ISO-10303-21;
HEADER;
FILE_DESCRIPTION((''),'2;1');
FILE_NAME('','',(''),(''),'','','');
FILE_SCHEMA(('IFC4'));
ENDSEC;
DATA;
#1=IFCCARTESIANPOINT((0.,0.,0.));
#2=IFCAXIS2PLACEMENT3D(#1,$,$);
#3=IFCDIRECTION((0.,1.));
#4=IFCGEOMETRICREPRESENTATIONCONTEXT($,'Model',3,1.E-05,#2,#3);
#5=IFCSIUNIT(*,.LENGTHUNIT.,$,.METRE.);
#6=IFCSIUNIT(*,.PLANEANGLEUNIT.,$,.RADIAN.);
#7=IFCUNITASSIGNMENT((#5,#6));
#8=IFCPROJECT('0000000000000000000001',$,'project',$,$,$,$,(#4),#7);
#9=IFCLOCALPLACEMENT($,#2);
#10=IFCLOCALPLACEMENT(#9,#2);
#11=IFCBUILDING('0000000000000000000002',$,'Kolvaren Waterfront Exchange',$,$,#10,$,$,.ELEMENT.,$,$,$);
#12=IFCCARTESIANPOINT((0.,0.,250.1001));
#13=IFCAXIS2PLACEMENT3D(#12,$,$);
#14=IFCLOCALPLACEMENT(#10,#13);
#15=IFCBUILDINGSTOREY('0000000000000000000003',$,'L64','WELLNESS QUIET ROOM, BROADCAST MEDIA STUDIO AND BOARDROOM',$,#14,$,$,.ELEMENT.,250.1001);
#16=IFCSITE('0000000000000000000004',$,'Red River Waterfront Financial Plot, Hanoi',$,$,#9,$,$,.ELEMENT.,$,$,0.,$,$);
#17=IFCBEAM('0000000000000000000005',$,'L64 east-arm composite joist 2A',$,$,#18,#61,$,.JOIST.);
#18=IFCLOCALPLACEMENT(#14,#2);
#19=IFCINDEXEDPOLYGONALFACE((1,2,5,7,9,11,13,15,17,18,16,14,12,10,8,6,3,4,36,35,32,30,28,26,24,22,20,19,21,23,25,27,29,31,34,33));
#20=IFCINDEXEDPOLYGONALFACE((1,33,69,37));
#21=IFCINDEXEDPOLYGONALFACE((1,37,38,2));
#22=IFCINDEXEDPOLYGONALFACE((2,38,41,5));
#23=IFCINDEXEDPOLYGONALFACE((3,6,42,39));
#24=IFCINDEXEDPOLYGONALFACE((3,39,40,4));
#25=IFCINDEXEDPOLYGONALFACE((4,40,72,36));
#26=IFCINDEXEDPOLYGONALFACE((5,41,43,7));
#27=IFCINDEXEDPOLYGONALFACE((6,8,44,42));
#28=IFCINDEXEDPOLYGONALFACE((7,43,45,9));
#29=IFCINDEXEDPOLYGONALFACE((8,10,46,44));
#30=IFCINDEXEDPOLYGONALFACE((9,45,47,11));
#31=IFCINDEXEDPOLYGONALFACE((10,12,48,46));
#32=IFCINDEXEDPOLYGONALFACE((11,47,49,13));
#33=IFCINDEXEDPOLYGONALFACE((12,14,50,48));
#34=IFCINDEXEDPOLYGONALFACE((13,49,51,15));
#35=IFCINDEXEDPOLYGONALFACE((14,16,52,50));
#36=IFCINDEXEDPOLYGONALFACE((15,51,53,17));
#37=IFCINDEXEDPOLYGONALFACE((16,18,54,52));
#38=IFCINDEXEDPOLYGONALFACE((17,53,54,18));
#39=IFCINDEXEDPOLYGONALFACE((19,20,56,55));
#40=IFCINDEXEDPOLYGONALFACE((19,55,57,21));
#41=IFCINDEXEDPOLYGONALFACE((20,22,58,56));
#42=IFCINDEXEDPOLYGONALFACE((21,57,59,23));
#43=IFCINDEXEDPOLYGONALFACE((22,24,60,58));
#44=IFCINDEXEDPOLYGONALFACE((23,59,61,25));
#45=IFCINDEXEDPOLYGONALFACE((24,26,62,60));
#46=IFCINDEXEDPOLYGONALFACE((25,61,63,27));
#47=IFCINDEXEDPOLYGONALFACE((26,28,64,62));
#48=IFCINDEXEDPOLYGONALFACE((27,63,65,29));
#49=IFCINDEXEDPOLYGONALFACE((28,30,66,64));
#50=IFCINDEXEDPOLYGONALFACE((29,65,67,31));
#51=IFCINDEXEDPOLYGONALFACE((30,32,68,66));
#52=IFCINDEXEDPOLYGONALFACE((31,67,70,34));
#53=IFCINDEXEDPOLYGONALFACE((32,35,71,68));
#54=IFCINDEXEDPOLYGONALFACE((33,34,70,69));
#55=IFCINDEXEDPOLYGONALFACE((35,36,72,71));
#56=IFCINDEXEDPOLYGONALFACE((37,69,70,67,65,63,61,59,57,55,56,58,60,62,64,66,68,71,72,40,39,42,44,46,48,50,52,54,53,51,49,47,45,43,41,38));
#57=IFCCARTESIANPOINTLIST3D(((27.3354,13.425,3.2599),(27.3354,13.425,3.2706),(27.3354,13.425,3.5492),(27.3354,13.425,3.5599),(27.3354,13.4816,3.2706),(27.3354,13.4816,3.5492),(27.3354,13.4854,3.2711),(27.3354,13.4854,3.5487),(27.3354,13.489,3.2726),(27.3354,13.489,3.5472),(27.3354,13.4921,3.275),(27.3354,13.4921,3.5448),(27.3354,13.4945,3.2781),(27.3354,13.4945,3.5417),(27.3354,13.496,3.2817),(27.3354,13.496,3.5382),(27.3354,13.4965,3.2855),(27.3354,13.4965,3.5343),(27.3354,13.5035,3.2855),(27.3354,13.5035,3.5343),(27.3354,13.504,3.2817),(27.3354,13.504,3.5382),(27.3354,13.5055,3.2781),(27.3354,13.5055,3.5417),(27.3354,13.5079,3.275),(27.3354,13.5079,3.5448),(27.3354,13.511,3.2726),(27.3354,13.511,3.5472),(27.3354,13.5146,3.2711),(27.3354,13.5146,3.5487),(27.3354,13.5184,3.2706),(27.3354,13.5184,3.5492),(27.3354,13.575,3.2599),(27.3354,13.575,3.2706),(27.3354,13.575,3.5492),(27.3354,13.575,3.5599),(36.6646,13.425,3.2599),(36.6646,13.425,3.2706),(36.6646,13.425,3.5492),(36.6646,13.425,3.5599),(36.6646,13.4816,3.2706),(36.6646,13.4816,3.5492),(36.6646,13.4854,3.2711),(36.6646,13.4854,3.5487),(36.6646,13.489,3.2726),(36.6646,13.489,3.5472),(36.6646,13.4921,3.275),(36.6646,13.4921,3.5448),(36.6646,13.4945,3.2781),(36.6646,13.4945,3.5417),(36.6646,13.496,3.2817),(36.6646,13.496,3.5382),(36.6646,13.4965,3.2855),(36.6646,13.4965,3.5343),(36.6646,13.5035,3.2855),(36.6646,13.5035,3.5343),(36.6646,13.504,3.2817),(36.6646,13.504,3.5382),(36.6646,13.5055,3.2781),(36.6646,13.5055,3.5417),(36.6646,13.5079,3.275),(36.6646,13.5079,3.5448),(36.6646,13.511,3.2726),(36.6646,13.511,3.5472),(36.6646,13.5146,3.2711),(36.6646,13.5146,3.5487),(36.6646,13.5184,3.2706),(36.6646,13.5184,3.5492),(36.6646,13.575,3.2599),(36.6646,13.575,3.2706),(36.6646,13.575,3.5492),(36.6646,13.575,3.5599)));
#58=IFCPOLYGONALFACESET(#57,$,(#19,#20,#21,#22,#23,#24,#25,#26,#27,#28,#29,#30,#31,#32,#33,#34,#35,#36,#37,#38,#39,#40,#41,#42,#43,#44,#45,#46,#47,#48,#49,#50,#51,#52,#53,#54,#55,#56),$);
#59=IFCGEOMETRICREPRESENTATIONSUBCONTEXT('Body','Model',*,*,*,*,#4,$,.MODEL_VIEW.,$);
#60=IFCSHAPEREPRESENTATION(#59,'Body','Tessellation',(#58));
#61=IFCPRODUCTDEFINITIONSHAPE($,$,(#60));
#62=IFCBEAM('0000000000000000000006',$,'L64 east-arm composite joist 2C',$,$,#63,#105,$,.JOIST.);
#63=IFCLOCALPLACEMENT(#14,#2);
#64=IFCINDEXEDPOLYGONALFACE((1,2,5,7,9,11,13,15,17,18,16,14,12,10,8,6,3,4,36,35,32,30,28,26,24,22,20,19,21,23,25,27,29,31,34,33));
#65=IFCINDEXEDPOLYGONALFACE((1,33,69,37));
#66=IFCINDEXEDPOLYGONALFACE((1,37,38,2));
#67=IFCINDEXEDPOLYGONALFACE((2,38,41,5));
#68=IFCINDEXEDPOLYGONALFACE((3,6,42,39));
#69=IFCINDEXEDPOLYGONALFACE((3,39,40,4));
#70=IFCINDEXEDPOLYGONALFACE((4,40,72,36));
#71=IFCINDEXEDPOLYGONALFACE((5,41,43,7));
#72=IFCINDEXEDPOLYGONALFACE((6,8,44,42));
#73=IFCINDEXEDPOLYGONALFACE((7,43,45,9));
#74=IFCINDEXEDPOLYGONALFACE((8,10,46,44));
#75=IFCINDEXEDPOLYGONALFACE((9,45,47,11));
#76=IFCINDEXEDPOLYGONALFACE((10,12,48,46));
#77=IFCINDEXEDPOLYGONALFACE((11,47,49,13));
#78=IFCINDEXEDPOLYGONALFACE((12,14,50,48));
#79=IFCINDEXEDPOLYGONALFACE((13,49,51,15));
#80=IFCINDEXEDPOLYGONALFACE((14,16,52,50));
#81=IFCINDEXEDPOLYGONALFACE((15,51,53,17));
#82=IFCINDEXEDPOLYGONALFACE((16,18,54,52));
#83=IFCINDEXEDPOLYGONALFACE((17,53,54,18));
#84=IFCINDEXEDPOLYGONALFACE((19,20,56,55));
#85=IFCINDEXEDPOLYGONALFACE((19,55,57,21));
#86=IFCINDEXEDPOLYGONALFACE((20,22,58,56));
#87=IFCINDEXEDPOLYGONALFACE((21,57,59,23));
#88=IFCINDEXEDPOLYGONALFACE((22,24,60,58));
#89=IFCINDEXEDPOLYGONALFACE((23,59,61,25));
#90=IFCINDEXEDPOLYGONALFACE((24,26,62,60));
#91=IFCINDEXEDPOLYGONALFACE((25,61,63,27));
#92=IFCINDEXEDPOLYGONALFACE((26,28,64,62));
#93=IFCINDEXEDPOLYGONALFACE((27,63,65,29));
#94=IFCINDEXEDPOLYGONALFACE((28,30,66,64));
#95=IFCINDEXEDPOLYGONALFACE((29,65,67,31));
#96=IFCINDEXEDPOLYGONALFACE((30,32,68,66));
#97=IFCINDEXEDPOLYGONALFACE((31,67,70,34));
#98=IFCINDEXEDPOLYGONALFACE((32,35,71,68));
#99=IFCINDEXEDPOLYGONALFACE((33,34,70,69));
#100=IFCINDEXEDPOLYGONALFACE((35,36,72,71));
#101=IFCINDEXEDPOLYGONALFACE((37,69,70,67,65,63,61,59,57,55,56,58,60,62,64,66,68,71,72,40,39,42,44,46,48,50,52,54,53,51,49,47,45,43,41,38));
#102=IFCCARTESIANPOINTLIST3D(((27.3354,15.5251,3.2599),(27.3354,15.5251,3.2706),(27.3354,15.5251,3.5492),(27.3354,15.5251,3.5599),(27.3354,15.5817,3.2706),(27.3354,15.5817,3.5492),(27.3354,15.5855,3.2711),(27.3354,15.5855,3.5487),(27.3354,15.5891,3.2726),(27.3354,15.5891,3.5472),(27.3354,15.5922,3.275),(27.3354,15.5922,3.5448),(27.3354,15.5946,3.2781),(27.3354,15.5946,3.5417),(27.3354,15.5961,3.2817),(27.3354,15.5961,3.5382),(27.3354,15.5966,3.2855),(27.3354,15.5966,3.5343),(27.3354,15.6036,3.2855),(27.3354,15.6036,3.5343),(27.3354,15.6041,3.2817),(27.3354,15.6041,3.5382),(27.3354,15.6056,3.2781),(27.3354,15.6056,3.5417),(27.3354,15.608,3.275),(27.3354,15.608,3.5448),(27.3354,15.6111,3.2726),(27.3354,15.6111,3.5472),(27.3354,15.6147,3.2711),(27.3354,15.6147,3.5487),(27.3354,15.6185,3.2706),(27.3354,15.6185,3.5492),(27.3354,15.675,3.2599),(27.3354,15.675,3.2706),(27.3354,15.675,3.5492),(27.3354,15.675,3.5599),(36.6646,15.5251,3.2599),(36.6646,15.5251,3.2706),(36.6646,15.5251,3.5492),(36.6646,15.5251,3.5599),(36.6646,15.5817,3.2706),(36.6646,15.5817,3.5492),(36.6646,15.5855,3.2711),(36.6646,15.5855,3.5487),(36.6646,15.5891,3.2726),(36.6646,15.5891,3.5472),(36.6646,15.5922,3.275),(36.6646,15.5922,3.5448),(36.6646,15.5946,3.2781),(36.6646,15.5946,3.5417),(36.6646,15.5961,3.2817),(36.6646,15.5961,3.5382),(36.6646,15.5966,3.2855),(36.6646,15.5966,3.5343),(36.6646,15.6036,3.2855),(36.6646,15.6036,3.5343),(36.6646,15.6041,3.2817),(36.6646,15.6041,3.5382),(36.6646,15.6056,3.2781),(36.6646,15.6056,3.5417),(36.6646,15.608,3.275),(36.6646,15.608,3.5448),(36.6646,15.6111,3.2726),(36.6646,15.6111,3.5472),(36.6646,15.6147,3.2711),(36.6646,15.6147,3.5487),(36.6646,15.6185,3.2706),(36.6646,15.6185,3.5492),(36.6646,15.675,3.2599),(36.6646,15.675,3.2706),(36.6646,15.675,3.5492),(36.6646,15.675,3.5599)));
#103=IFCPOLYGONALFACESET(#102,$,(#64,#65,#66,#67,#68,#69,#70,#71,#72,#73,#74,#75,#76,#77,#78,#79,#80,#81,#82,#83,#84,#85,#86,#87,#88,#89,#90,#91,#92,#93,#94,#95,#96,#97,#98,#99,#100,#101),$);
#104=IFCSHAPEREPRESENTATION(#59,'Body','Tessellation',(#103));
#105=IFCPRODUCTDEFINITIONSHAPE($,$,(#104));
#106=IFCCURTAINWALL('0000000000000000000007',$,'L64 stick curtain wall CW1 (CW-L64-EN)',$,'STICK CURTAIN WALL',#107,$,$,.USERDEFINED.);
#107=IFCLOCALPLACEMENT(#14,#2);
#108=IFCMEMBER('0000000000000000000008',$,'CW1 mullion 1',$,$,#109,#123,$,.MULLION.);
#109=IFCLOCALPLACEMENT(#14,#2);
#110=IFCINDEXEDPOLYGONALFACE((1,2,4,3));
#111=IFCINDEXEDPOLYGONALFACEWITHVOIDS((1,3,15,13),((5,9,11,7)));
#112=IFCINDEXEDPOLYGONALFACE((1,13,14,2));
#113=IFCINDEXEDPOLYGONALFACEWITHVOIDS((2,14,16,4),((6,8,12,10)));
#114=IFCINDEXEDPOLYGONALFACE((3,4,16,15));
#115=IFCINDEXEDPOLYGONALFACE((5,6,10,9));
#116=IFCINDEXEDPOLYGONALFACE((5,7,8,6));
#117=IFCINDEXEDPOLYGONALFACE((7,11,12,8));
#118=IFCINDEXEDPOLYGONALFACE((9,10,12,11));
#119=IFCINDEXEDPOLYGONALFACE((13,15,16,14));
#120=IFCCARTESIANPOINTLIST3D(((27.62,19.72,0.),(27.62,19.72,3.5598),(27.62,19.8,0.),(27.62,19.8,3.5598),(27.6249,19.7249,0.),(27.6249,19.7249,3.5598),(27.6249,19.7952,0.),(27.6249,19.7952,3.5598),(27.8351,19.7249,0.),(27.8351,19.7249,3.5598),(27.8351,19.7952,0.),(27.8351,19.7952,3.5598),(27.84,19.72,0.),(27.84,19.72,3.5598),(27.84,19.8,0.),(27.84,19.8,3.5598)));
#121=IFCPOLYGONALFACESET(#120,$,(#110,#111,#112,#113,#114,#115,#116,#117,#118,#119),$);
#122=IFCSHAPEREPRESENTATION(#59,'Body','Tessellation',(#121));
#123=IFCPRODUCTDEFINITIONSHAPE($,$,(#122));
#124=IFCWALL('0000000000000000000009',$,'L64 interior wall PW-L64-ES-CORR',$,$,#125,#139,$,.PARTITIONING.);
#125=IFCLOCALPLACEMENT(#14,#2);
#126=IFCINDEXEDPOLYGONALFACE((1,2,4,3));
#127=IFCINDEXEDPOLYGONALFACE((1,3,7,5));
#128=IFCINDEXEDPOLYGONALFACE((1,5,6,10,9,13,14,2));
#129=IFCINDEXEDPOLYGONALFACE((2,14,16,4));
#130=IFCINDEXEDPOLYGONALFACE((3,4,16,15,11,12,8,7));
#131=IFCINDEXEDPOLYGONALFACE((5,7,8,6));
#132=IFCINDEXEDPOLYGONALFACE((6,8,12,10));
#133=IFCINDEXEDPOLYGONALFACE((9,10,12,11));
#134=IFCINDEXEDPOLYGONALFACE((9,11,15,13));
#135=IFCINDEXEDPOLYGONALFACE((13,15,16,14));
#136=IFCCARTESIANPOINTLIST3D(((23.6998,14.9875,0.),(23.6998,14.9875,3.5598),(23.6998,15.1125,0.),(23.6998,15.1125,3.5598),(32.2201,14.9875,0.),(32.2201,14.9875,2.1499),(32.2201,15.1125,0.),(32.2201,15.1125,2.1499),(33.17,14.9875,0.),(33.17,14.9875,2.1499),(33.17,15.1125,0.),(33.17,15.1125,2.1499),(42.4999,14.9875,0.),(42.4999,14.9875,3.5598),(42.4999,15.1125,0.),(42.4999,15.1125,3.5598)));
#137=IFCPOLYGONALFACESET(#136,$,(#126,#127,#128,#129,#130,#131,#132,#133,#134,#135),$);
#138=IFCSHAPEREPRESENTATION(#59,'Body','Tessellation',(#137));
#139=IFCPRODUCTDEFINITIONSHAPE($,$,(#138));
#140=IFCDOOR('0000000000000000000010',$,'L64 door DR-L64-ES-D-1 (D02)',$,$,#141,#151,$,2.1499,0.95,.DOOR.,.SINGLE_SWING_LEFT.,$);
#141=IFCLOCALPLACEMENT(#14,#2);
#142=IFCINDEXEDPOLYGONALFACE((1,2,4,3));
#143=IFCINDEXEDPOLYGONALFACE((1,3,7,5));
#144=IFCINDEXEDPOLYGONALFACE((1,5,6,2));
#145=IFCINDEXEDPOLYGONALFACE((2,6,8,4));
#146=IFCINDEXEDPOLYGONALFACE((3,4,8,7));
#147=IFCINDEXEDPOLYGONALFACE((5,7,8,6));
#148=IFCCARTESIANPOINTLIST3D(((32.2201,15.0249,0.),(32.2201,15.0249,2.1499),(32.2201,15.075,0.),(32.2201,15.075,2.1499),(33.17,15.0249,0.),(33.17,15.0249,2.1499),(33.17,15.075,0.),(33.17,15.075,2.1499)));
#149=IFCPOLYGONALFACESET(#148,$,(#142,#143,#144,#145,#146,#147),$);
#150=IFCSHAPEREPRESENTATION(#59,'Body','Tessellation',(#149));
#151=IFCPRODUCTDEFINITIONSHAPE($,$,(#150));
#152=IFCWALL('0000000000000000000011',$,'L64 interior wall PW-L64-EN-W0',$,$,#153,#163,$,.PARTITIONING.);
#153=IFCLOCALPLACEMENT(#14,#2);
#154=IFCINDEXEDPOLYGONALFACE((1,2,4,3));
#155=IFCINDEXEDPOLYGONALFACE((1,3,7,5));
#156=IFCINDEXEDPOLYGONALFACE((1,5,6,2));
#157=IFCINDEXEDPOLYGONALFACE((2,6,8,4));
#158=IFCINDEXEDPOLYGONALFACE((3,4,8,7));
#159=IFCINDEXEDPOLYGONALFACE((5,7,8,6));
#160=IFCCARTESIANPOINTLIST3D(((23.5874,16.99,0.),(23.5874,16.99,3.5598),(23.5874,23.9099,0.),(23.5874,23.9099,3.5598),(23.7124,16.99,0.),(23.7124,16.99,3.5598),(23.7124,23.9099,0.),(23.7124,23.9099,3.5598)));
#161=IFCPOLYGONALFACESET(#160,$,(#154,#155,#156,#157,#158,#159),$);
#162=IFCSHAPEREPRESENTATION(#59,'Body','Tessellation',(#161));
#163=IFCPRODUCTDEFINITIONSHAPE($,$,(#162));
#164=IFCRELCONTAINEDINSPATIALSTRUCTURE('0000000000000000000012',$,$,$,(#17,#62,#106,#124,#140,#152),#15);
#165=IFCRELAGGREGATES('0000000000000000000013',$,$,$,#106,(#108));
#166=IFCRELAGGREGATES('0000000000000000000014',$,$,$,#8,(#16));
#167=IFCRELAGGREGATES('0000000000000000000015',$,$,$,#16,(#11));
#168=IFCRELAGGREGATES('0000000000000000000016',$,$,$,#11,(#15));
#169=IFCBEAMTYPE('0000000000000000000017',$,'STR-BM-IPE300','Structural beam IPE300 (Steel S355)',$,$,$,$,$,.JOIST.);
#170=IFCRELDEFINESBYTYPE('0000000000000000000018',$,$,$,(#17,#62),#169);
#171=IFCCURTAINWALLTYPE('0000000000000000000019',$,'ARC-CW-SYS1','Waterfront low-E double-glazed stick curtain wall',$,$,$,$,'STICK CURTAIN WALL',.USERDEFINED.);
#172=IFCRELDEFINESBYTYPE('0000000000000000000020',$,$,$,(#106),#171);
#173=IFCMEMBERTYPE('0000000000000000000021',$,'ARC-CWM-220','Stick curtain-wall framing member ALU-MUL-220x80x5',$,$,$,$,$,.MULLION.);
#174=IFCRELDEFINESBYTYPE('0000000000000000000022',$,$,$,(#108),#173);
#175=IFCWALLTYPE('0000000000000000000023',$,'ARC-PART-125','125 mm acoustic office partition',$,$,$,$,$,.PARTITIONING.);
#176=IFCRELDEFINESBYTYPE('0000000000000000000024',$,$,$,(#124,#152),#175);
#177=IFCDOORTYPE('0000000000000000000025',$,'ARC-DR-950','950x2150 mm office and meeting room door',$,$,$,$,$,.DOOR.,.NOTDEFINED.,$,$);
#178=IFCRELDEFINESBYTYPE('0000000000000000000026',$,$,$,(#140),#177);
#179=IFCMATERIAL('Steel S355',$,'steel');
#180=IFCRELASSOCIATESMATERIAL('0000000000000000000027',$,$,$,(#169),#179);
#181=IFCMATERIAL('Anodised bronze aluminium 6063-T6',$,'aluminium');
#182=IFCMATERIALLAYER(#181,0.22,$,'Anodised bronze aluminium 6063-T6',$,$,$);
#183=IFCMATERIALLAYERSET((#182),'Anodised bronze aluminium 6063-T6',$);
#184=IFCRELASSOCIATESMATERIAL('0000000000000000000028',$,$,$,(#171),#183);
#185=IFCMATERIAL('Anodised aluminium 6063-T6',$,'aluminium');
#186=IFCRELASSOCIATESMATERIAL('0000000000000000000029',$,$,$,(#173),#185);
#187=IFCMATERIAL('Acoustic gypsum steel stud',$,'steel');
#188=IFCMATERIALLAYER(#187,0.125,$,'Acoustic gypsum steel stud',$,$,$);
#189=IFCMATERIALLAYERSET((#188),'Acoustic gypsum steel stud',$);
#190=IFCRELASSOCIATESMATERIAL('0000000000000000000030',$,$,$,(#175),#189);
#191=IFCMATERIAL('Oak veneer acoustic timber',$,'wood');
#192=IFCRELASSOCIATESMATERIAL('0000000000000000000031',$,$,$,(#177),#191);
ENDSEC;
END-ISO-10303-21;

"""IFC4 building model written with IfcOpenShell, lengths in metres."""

from ifc_helpers import new_model, si_unit, direction, frame, frame_2d, origin, origin_with_axes, origin_2d, place, context, subcontext, project, spatial, rectangle, hollow_rectangle, i_section, extrude, source, transform, mapped, material, layer, layer_set, material_profile, profile_set, type_object, element, fill, aggregate, save


model = new_model("IFC4")

# Units and contexts
model_context = context("Model", 3, precision=1e-05, world=origin(), true_north=direction((0.0, 1.0)))
body_context = subcontext(model_context, "Body", "Model", "MODEL_VIEW")
ifc_project = project(units=[si_unit("LENGTHUNIT", "METRE"), si_unit("PLANEANGLEUNIT", "RADIAN")], contexts=[model_context])

# Site, building, storey
site_placement = place(None, origin())
site = spatial("IfcSite", under=ifc_project, at=site_placement, Name="Red River Waterfront Financial Plot, Hanoi", CompositionType="ELEMENT", RefElevation=0.0)
building_placement = place(site_placement, origin())
building = spatial("IfcBuilding", under=site, at=building_placement, Name="Kolvaren Waterfront Exchange", CompositionType="ELEMENT")
storey_placement = place(building_placement, frame((0.0, 0.0, 250.1001)))
storey = spatial("IfcBuildingStorey", under=building, at=storey_placement, Name="L64", Description="WELLNESS QUIET ROOM, BROADCAST MEDIA STUDIO AND BOARDROOM", CompositionType="ELEMENT", Elevation=250.1001)

# Beams
ifc_material_1 = material(Name="Steel S355", Category="steel")
ifc_material_profile_1 = material_profile(ifc_material_1, i_section(OverallWidth=0.1499, OverallDepth=0.3, WebThickness=0.0071, FlangeThickness=0.0107, FilletRadius=0.0149, at=origin_2d()), Name="IPE300")
ifc_profile_set_1 = profile_set([ifc_material_profile_1], Name="Steel S355")
beam_type_1 = type_object("IfcBeamType", Name="STR-BM-IPE300", Description="Structural beam IPE300 (Steel S355)", PredefinedType="JOIST", material=ifc_profile_set_1)
for number, where, z_axis, x_axis, name in (
    (1, (27.3354, 13.5, 3.4099), (1.0, 0.0, 0.0), (0.0, 1.0, 0.0), "L64 east-arm composite joist 2A"),
    (2, (27.3354, 15.6001, 3.4099), (1.0, 0.0, 0.0), (0.0, 1.0, 0.0), "L64 east-arm composite joist 2C"),
):
    element("IfcBeam", number, at=place(storey_placement, frame(where, z_axis=z_axis, x_axis=x_axis)), inside=storey, type_object=beam_type_1, Name=name, PredefinedType="JOIST", context=body_context, shape_type="SweptSolid", body=[
        extrude(i_section(OverallWidth=0.1499, OverallDepth=0.3, WebThickness=0.0071, FlangeThickness=0.0107, FilletRadius=0.0149, at=origin_2d()), origin(), (0.0, 0.0, 1.0), 9.3291),
    ])

# Curtain wall, member
ifc_material_2 = material(Name="Anodised bronze aluminium 6063-T6", Category="aluminium")
ifc_layer_1 = layer(ifc_material_2, 0.22, Name="Anodised bronze aluminium 6063-T6")
ifc_layer_set_1 = layer_set([ifc_layer_1], Name="Anodised bronze aluminium 6063-T6")
curtain_wall_type = type_object("IfcCurtainWallType", Name="ARC-CW-SYS1", Description="Waterfront low-E double-glazed stick curtain wall", ElementType="STICK CURTAIN WALL", PredefinedType="USERDEFINED", material=ifc_layer_set_1)
curtain_wall_placement = place(storey_placement, origin())
curtain_wall = element("IfcCurtainWall", 3, at=curtain_wall_placement, inside=storey, type_object=curtain_wall_type, Name="L64 stick curtain wall CW1 (CW-L64-EN)", ObjectType="STICK CURTAIN WALL", PredefinedType="USERDEFINED")
ifc_material_3 = material(Name="Anodised aluminium 6063-T6", Category="aluminium")
ifc_material_profile_2 = material_profile(ifc_material_3, hollow_rectangle(XDim=0.0801, YDim=0.22, WallThickness=0.0049, at=origin_2d()), Name="ALU-MUL-220x80x5")
ifc_profile_set_2 = profile_set([ifc_material_profile_2], Name="Anodised aluminium 6063-T6")
member_type = type_object("IfcMemberType", Name="ARC-CWM-220", Description="Stick curtain-wall framing member ALU-MUL-220x80x5", PredefinedType="MULLION", material=ifc_profile_set_2)
shared_shape_1 = source(origin_with_axes(), body_context, "Body", "SweptSolid", [
    extrude(hollow_rectangle(XDim=0.0801, YDim=0.22, WallThickness=0.0049, at=origin_2d()), origin(), (0.0, 0.0, 1.0), 3.5598),
])
member_placement = place(storey_placement, frame((27.73, 19.76, 0.0), z_axis=(0.0, 0.0, 1.0), x_axis=(0.0, 1.0, 0.0)))
member = element("IfcMember", 4, at=member_placement, type_object=member_type, Name="CW1 mullion 1", PredefinedType="MULLION", context=body_context, shape_type="MappedRepresentation", body=[
    mapped(shared_shape_1, transform((0.0, 0.0, 0.0), x_axis=(1.0, 0.0, 0.0), y_axis=(0.0, 1.0, 0.0), z_axis=(0.0, 0.0, 1.0), scale=1.0)),
])
aggregate(curtain_wall, [member])

# Wall, opening, door
ifc_material_4 = material(Name="Acoustic gypsum steel stud", Category="steel")
ifc_layer_2 = layer(ifc_material_4, 0.125, Name="Acoustic gypsum steel stud")
ifc_layer_set_2 = layer_set([ifc_layer_2], Name="Acoustic gypsum steel stud")
wall_type_1 = type_object("IfcWallType", Name="ARC-PART-125", Description="125 mm acoustic office partition", PredefinedType="PARTITIONING", material=ifc_layer_set_2)
wall_1_placement = place(storey_placement, frame((23.7, 15.05, 0.0), z_axis=(0.0, 0.0, 1.0), x_axis=(1.0, 0.0, 0.0)))
wall_1 = element("IfcWall", 5, at=wall_1_placement, inside=storey, type_object=wall_type_1, Name="L64 interior wall PW-L64-ES-CORR", PredefinedType="PARTITIONING", context=body_context, shape_type="SweptSolid", body=[
    extrude(rectangle(XDim=18.8, YDim=0.125, at=frame_2d((9.3999, 0.0))), origin(), (0.0, 0.0, 1.0), 3.5598),
])
opening_1_placement = place(wall_1_placement, frame((8.52, 0.0, 0.0)))
opening_1 = element("IfcOpeningElement", 6, at=opening_1_placement, cuts=wall_1, PredefinedType="OPENING", context=body_context, shape_type="SweptSolid", body=[
    extrude(rectangle(XDim=0.95, YDim=2.1499, at=frame_2d((0.4751, 1.075))), frame((0.0, 0.0725, 0.0), z_axis=(0.0, -1.0, 0.0), x_axis=(1.0, 0.0, 0.0)), (0.0, 0.0, 1.0), 0.145),
])
ifc_material_5 = material(Name="Oak veneer acoustic timber", Category="wood")
door_type = type_object("IfcDoorType", Name="ARC-DR-950", Description="950x2150 mm office and meeting room door", OperationType="NOTDEFINED", PredefinedType="DOOR", material=ifc_material_5)
door_1_placement = place(opening_1_placement, origin())
door_1 = element("IfcDoor", 7, at=door_1_placement, inside=storey, type_object=door_type, Name="L64 door DR-L64-ES-D-1 (D02)", OperationType="SINGLE_SWING_LEFT", OverallHeight=2.1499, OverallWidth=0.95, PredefinedType="DOOR", context=body_context, shape_type="SweptSolid", body=[
    extrude(rectangle(XDim=0.95, YDim=2.1499, at=frame_2d((0.4751, 1.075))), frame((0.0, 0.0249, 0.0), z_axis=(0.0, -1.0, 0.0), x_axis=(1.0, 0.0, 0.0)), (0.0, 0.0, 1.0), 0.05),
])
fill(opening_1, door_1)

# Wall
wall_2_placement = place(storey_placement, frame((23.6499, 16.99, 0.0), z_axis=(0.0, 0.0, 1.0), x_axis=(0.0, 1.0, 0.0)))
element("IfcWall", 8, at=wall_2_placement, inside=storey, type_object=wall_type_1, Name="L64 interior wall PW-L64-EN-W0", PredefinedType="PARTITIONING", context=body_context, shape_type="SweptSolid", body=[
    extrude(rectangle(XDim=6.9199, YDim=0.125, at=frame_2d((3.46, 0.0))), origin(), (0.0, 0.0, 1.0), 3.5598),
])

save(model, "model.ifc")
